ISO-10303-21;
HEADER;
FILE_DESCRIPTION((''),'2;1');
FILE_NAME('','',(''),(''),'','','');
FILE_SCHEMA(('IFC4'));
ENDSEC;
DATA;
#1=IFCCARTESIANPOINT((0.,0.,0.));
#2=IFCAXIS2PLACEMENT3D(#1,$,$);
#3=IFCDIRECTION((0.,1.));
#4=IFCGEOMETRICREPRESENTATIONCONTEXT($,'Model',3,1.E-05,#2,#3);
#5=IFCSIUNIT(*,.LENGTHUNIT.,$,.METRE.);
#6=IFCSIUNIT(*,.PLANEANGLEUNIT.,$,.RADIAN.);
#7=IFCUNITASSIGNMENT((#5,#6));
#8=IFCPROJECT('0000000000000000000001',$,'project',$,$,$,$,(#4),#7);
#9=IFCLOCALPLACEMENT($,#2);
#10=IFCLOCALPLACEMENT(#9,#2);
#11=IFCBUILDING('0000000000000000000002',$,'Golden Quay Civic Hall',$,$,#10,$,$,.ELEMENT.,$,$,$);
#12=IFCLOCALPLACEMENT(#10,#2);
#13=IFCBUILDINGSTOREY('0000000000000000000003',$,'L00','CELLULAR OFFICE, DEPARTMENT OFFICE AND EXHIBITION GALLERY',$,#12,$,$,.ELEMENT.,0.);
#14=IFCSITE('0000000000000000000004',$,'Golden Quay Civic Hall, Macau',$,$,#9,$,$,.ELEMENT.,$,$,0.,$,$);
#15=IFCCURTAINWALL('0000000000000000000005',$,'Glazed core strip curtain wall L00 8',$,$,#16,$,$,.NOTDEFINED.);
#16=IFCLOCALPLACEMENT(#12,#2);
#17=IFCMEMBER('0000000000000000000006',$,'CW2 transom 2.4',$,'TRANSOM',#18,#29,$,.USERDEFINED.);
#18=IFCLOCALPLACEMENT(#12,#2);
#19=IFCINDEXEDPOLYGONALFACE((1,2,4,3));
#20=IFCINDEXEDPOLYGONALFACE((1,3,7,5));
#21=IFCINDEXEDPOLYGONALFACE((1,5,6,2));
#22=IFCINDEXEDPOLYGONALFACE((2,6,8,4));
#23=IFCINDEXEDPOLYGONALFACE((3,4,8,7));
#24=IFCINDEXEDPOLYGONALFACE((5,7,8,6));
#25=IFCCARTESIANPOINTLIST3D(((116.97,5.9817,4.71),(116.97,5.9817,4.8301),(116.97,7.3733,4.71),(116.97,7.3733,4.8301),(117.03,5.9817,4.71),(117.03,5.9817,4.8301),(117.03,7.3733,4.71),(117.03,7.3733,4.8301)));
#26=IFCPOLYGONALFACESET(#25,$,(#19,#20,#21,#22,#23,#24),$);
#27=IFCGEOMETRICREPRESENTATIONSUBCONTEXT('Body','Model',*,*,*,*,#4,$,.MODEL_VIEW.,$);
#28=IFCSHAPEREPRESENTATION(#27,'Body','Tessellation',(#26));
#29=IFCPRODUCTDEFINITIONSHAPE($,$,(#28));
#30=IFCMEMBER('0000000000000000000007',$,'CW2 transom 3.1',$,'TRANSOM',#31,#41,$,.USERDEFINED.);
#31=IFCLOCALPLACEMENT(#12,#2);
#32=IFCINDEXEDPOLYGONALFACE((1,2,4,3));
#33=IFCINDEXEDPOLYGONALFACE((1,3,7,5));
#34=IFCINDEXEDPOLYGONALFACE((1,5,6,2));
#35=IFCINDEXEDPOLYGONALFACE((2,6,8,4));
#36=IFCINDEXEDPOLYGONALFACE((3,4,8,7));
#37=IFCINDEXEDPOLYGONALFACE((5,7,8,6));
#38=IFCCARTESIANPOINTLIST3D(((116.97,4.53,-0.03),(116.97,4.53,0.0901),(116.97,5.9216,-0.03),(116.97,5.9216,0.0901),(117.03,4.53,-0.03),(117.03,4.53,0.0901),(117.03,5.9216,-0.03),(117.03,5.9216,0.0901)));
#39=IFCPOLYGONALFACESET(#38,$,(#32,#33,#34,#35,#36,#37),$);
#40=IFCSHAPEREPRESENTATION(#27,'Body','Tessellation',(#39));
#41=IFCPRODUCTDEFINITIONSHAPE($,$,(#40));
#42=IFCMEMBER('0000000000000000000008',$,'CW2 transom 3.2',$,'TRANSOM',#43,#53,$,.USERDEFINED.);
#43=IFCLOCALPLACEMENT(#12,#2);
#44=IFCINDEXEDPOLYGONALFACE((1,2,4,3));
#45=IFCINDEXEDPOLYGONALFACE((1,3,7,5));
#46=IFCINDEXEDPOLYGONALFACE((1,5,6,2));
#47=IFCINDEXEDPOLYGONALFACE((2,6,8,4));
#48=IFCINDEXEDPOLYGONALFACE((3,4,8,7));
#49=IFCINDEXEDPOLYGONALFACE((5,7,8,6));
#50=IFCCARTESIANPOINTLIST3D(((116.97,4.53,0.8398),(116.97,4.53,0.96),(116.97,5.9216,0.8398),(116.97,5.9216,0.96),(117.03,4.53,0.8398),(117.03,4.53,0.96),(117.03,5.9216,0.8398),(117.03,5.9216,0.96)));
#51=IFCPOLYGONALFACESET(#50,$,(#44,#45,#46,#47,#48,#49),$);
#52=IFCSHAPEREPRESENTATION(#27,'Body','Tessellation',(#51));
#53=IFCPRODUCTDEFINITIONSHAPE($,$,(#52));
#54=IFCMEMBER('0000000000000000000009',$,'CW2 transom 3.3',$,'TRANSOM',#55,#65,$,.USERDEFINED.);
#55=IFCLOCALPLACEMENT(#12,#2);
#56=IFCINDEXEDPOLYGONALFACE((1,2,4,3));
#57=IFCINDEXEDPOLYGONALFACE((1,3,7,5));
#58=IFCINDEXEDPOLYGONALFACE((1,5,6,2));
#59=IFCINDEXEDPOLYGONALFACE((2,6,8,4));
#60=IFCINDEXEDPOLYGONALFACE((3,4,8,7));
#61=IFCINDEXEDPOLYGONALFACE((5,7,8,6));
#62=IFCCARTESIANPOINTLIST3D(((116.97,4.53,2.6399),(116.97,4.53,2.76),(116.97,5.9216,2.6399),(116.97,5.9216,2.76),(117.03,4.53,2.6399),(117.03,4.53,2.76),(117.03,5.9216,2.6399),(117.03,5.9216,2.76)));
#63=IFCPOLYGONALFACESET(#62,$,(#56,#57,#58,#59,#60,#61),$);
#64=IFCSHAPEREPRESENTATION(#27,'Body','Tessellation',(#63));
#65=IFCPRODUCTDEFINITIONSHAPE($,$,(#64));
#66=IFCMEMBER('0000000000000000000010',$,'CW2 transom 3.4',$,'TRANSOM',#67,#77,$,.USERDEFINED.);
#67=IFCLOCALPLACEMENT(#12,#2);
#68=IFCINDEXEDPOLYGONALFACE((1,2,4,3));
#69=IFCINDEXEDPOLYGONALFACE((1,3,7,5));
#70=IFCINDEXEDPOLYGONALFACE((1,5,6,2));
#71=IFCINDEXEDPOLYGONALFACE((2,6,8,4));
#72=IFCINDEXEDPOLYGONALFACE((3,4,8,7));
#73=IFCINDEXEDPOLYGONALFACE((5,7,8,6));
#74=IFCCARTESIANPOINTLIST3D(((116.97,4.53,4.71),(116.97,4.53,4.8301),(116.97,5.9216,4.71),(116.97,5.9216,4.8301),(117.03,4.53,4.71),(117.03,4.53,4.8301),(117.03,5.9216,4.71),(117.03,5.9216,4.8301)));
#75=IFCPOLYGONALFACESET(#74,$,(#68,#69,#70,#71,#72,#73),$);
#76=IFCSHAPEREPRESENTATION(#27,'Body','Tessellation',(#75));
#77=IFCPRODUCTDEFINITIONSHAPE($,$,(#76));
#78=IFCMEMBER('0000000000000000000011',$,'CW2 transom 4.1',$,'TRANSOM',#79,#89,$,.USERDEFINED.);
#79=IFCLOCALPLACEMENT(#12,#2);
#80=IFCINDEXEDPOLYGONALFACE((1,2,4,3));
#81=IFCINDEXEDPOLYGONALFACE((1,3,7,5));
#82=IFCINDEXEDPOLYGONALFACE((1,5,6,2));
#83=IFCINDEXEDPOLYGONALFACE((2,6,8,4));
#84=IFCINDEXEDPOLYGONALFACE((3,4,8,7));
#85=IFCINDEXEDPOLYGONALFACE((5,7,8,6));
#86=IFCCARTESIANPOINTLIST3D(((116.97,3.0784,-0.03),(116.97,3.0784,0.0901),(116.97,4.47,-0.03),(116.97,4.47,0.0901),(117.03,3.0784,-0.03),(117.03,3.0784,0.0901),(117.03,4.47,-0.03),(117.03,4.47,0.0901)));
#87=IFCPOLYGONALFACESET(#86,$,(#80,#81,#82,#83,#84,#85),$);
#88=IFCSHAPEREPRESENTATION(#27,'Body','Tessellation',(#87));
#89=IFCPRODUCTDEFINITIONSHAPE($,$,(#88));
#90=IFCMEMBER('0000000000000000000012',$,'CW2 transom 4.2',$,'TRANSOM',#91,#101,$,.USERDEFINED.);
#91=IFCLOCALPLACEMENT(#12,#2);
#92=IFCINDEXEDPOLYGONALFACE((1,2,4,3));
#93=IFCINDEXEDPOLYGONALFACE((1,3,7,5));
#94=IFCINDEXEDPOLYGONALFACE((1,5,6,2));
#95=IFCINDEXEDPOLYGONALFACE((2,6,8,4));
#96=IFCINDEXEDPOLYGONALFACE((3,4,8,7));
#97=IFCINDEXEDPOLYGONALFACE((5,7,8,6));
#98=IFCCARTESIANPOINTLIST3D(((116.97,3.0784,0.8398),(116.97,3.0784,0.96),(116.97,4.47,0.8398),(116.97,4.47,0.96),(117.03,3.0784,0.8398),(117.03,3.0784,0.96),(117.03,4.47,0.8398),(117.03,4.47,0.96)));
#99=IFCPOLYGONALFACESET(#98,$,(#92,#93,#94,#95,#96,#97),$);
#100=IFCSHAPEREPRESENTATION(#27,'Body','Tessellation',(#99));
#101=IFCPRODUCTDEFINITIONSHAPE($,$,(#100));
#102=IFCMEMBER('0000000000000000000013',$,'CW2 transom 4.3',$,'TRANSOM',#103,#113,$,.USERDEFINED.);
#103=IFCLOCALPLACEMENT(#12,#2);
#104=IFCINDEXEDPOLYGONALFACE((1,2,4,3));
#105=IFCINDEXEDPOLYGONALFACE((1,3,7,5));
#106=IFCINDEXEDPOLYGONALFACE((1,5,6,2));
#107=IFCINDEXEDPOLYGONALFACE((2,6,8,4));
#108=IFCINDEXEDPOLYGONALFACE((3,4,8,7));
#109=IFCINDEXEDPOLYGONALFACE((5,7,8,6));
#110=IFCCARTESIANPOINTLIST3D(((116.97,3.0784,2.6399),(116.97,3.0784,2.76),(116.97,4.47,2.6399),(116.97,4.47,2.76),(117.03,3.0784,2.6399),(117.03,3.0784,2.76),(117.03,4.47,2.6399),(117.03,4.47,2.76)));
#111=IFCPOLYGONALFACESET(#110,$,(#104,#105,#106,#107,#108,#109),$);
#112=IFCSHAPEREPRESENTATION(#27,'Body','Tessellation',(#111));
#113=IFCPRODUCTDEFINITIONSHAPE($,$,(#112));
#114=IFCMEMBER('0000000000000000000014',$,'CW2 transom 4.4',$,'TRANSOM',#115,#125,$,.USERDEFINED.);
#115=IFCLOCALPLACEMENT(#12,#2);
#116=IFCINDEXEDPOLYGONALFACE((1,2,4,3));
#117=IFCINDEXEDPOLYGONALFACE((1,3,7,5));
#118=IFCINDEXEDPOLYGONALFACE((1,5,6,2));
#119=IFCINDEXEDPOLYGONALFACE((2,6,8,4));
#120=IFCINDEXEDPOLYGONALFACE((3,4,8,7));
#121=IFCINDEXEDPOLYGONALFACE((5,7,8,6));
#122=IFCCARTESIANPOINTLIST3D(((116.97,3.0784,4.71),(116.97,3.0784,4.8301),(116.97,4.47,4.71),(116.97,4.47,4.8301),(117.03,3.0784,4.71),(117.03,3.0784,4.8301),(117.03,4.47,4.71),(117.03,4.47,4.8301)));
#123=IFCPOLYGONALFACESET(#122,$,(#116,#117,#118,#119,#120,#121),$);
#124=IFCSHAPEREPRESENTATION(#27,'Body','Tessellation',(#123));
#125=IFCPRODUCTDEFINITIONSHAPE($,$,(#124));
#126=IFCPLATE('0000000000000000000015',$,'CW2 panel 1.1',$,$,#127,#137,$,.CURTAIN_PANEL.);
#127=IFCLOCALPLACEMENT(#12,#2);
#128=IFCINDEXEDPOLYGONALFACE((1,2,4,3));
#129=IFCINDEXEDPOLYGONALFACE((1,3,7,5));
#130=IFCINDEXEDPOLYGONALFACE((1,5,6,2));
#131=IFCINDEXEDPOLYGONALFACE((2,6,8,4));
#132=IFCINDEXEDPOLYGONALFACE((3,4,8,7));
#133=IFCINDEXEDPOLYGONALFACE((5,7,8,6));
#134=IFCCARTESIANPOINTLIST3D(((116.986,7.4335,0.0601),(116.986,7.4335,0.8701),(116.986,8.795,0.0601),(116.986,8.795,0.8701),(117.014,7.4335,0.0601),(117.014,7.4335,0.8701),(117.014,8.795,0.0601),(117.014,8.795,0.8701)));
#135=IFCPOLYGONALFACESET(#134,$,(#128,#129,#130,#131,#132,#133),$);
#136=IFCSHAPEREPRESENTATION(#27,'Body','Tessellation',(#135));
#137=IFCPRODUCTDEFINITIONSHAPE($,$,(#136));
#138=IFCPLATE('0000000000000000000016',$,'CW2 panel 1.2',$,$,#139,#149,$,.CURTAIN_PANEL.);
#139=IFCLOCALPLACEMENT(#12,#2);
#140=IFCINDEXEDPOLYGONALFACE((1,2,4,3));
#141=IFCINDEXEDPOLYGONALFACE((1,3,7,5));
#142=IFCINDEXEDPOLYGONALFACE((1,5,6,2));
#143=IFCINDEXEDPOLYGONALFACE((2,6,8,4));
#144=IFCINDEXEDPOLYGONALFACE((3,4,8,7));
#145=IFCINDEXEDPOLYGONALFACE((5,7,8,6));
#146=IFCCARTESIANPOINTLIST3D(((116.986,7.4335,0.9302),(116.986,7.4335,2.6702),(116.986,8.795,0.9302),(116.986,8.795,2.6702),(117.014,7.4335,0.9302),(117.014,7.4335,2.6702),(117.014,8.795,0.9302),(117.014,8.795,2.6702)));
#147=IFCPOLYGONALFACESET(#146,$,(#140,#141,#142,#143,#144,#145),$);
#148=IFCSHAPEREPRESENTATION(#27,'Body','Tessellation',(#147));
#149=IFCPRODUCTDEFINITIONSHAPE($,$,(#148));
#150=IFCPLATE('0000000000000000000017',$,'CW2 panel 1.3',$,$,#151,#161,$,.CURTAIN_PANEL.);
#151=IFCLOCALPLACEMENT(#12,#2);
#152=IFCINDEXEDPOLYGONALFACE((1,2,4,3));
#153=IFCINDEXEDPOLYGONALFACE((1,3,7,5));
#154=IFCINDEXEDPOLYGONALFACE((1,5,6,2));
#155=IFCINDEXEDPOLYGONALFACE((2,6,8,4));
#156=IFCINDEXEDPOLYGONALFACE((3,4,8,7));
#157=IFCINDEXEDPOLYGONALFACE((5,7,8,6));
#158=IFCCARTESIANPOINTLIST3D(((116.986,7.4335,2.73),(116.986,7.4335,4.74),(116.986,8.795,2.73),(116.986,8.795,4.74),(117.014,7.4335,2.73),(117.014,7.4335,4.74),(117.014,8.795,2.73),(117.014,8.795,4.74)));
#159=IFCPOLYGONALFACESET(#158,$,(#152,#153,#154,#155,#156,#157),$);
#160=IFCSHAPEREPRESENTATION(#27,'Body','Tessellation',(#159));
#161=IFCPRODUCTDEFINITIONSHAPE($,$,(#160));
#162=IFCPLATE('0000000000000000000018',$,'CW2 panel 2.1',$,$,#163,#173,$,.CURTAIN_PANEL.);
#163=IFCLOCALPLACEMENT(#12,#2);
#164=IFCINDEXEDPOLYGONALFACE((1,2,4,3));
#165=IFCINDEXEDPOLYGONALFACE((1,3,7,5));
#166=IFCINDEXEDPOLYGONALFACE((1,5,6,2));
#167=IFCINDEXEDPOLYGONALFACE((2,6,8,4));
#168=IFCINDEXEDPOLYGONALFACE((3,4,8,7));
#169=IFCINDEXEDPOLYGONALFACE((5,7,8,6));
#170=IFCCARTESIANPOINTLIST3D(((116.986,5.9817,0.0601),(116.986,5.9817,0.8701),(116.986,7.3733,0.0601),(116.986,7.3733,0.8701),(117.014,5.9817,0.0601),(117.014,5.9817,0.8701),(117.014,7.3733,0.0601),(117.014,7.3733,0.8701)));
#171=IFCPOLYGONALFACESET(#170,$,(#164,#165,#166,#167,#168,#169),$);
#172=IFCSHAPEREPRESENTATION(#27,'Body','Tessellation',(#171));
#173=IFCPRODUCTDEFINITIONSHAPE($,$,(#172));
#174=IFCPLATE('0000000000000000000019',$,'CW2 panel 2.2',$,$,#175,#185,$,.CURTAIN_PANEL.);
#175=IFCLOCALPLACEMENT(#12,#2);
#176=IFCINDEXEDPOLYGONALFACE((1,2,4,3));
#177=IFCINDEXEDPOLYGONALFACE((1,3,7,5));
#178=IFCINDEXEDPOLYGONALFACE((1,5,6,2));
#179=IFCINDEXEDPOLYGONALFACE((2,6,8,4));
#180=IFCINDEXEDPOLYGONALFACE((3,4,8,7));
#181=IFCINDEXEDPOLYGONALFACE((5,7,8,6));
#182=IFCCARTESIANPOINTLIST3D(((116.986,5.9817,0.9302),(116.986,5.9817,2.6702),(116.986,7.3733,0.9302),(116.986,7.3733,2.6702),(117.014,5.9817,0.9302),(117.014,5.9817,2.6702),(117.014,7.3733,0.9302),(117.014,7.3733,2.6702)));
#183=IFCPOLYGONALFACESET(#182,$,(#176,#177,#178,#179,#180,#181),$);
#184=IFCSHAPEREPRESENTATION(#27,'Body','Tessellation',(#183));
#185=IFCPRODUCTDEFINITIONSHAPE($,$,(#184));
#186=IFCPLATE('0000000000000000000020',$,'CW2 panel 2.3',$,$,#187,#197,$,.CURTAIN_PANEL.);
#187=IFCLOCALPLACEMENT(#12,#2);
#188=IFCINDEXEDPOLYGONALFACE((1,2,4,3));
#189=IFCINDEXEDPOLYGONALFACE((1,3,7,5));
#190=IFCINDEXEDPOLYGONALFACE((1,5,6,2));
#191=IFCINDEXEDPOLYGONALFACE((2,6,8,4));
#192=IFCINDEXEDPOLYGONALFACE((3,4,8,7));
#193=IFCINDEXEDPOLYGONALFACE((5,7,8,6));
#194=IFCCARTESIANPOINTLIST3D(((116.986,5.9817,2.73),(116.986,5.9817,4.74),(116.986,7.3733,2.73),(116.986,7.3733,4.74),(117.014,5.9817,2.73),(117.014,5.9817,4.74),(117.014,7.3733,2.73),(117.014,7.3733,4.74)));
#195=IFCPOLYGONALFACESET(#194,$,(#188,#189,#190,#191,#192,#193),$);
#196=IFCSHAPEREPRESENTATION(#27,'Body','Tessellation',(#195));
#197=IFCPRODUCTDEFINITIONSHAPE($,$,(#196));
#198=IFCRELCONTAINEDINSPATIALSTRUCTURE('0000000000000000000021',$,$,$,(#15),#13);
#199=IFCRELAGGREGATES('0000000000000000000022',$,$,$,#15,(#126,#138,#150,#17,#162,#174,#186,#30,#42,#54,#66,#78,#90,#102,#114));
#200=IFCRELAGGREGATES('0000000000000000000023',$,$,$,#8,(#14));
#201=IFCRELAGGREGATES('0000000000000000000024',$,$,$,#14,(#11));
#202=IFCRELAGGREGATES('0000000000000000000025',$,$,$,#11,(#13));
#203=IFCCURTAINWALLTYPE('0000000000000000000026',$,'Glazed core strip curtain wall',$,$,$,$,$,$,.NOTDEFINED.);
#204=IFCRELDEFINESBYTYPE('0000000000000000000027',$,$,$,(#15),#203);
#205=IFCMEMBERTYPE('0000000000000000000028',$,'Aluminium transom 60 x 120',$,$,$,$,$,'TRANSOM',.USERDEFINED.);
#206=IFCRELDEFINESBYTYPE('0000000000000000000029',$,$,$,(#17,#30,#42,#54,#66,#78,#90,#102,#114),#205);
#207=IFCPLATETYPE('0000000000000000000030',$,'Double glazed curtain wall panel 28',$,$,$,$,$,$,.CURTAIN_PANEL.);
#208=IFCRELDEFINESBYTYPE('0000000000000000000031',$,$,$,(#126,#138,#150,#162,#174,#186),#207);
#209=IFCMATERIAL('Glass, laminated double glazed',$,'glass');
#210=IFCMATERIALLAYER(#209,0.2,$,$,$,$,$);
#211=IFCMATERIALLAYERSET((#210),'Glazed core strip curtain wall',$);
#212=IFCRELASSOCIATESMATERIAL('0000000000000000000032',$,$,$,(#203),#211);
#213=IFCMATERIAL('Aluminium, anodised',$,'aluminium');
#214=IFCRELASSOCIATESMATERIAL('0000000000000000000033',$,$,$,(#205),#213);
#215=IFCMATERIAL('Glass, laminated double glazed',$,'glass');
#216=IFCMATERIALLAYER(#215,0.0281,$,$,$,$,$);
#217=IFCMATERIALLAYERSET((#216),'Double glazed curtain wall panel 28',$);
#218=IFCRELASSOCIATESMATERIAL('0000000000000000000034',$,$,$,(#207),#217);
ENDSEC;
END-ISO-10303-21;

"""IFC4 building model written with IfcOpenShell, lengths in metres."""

from ifc_helpers import new_model, si_unit, direction, frame, origin, origin_2d, place, context, subcontext, project, spatial, rectangle, extrude, material, layer, layer_set, material_profile, profile_set, type_object, element, aggregate, save


model = new_model("IFC4")

# Units and contexts
model_context = context("Model", 3, precision=1e-05, world=origin(), true_north=direction((0.0, 1.0)))
body_context = subcontext(model_context, "Body", "Model", "MODEL_VIEW")
ifc_project = project(units=[si_unit("LENGTHUNIT", "METRE"), si_unit("PLANEANGLEUNIT", "RADIAN")], contexts=[model_context])

# Site, building, storey
site_placement = place(None, origin())
site = spatial("IfcSite", under=ifc_project, at=site_placement, Name="Golden Quay Civic Hall, Macau", CompositionType="ELEMENT", RefElevation=0.0)
building_placement = place(site_placement, origin())
building = spatial("IfcBuilding", under=site, at=building_placement, Name="Golden Quay Civic Hall", CompositionType="ELEMENT")
storey_placement = place(building_placement, origin())
storey = spatial("IfcBuildingStorey", under=building, at=storey_placement, Name="L00", Description="CELLULAR OFFICE, DEPARTMENT OFFICE AND EXHIBITION GALLERY", CompositionType="ELEMENT", Elevation=0.0)

# Curtain wall, members, plates
ifc_material_1 = material(Name="Glass, laminated double glazed", Category="glass")
ifc_layer_1 = layer(ifc_material_1, 0.2)
ifc_layer_set_1 = layer_set([ifc_layer_1], Name="Glazed core strip curtain wall")
curtain_wall_type = type_object("IfcCurtainWallType", Name="Glazed core strip curtain wall", PredefinedType="NOTDEFINED", material=ifc_layer_set_1)
curtain_wall_placement = place(storey_placement, origin())
curtain_wall = element("IfcCurtainWall", 1, at=curtain_wall_placement, inside=storey, type_object=curtain_wall_type, Name="Glazed core strip curtain wall L00 8", PredefinedType="NOTDEFINED")
ifc_material_2 = material(Name="Aluminium, anodised", Category="aluminium")
ifc_material_profile_1 = material_profile(ifc_material_2, rectangle(XDim=0.0601, YDim=0.1201, at=origin_2d()), Name="Aluminium 60 x 120")
ifc_profile_set_1 = profile_set([ifc_material_profile_1], Name="Aluminium, anodised")
member_type_1 = type_object("IfcMemberType", Name="Aluminium transom 60 x 120", ElementType="TRANSOM", PredefinedType="USERDEFINED", material=ifc_profile_set_1)
member_1_placement = place(storey_placement, frame((117.0, 7.3733, 4.77), z_axis=(0.0, -1.0, 0.0), x_axis=(1.0, 0.0, 0.0)))
member_1 = element("IfcMember", 2, at=member_1_placement, type_object=member_type_1, Name="CW2 transom 2.4", ObjectType="TRANSOM", PredefinedType="USERDEFINED", context=body_context, shape_type="SweptSolid", body=[
    extrude(rectangle(XDim=0.0601, YDim=0.1201, at=origin_2d()), origin(), (0.0, 0.0, 1.0), 1.3916),
])
member_2_placement = place(storey_placement, frame((117.0, 5.9216, 0.03), z_axis=(0.0, -1.0, 0.0), x_axis=(1.0, 0.0, 0.0)))
member_2 = element("IfcMember", 3, at=member_2_placement, type_object=member_type_1, Name="CW2 transom 3.1", ObjectType="TRANSOM", PredefinedType="USERDEFINED", context=body_context, shape_type="SweptSolid", body=[
    extrude(rectangle(XDim=0.0601, YDim=0.1201, at=origin_2d()), origin(), (0.0, 0.0, 1.0), 1.3916),
])
member_3_placement = place(storey_placement, frame((117.0, 5.9216, 0.8999), z_axis=(0.0, -1.0, 0.0), x_axis=(1.0, 0.0, 0.0)))
member_3 = element("IfcMember", 4, at=member_3_placement, type_object=member_type_1, Name="CW2 transom 3.2", ObjectType="TRANSOM", PredefinedType="USERDEFINED", context=body_context, shape_type="SweptSolid", body=[
    extrude(rectangle(XDim=0.0601, YDim=0.1201, at=origin_2d()), origin(), (0.0, 0.0, 1.0), 1.3916),
])
member_4_placement = place(storey_placement, frame((117.0, 5.9216, 2.7), z_axis=(0.0, -1.0, 0.0), x_axis=(1.0, 0.0, 0.0)))
member_4 = element("IfcMember", 5, at=member_4_placement, type_object=member_type_1, Name="CW2 transom 3.3", ObjectType="TRANSOM", PredefinedType="USERDEFINED", context=body_context, shape_type="SweptSolid", body=[
    extrude(rectangle(XDim=0.0601, YDim=0.1201, at=origin_2d()), origin(), (0.0, 0.0, 1.0), 1.3916),
])
member_5_placement = place(storey_placement, frame((117.0, 5.9216, 4.77), z_axis=(0.0, -1.0, 0.0), x_axis=(1.0, 0.0, 0.0)))
member_5 = element("IfcMember", 6, at=member_5_placement, type_object=member_type_1, Name="CW2 transom 3.4", ObjectType="TRANSOM", PredefinedType="USERDEFINED", context=body_context, shape_type="SweptSolid", body=[
    extrude(rectangle(XDim=0.0601, YDim=0.1201, at=origin_2d()), origin(), (0.0, 0.0, 1.0), 1.3916),
])
member_6_placement = place(storey_placement, frame((117.0, 4.47, 0.03), z_axis=(0.0, -1.0, 0.0), x_axis=(1.0, 0.0, 0.0)))
member_6 = element("IfcMember", 7, at=member_6_placement, type_object=member_type_1, Name="CW2 transom 4.1", ObjectType="TRANSOM", PredefinedType="USERDEFINED", context=body_context, shape_type="SweptSolid", body=[
    extrude(rectangle(XDim=0.0601, YDim=0.1201, at=origin_2d()), origin(), (0.0, 0.0, 1.0), 1.3916),
])
member_7_placement = place(storey_placement, frame((117.0, 4.47, 0.8999), z_axis=(0.0, -1.0, 0.0), x_axis=(1.0, 0.0, 0.0)))
member_7 = element("IfcMember", 8, at=member_7_placement, type_object=member_type_1, Name="CW2 transom 4.2", ObjectType="TRANSOM", PredefinedType="USERDEFINED", context=body_context, shape_type="SweptSolid", body=[
    extrude(rectangle(XDim=0.0601, YDim=0.1201, at=origin_2d()), origin(), (0.0, 0.0, 1.0), 1.3916),
])
member_8_placement = place(storey_placement, frame((117.0, 4.47, 2.7), z_axis=(0.0, -1.0, 0.0), x_axis=(1.0, 0.0, 0.0)))
member_8 = element("IfcMember", 9, at=member_8_placement, type_object=member_type_1, Name="CW2 transom 4.3", ObjectType="TRANSOM", PredefinedType="USERDEFINED", context=body_context, shape_type="SweptSolid", body=[
    extrude(rectangle(XDim=0.0601, YDim=0.1201, at=origin_2d()), origin(), (0.0, 0.0, 1.0), 1.3916),
])
member_9_placement = place(storey_placement, frame((117.0, 4.47, 4.77), z_axis=(0.0, -1.0, 0.0), x_axis=(1.0, 0.0, 0.0)))
member_9 = element("IfcMember", 10, at=member_9_placement, type_object=member_type_1, Name="CW2 transom 4.4", ObjectType="TRANSOM", PredefinedType="USERDEFINED", context=body_context, shape_type="SweptSolid", body=[
    extrude(rectangle(XDim=0.0601, YDim=0.1201, at=origin_2d()), origin(), (0.0, 0.0, 1.0), 1.3916),
])
ifc_material_3 = material(Name="Glass, laminated double glazed", Category="glass")
ifc_layer_2 = layer(ifc_material_3, 0.0281)
ifc_layer_set_2 = layer_set([ifc_layer_2], Name="Double glazed curtain wall panel 28")
plate_type = type_object("IfcPlateType", Name="Double glazed curtain wall panel 28", PredefinedType="CURTAIN_PANEL", material=ifc_layer_set_2)
plate_1_placement = place(storey_placement, frame((117.0, 8.1143, 0.0601), z_axis=(0.0, 0.0, 1.0), x_axis=(0.0, -1.0, 0.0)))
plate_1 = element("IfcPlate", 11, at=plate_1_placement, type_object=plate_type, Name="CW2 panel 1.1", PredefinedType="CURTAIN_PANEL", context=body_context, shape_type="SweptSolid", body=[
    extrude(rectangle(XDim=1.3616, YDim=0.0281, at=origin_2d()), origin(), (0.0, 0.0, 1.0), 0.8101),
])
plate_2_placement = place(storey_placement, frame((117.0, 8.1143, 0.9302), z_axis=(0.0, 0.0, 1.0), x_axis=(0.0, -1.0, 0.0)))
plate_2 = element("IfcPlate", 12, at=plate_2_placement, type_object=plate_type, Name="CW2 panel 1.2", PredefinedType="CURTAIN_PANEL", context=body_context, shape_type="SweptSolid", body=[
    extrude(rectangle(XDim=1.3616, YDim=0.0281, at=origin_2d()), origin(), (0.0, 0.0, 1.0), 1.74),
])
plate_3_placement = place(storey_placement, frame((117.0, 8.1143, 2.73), z_axis=(0.0, 0.0, 1.0), x_axis=(0.0, -1.0, 0.0)))
plate_3 = element("IfcPlate", 13, at=plate_3_placement, type_object=plate_type, Name="CW2 panel 1.3", PredefinedType="CURTAIN_PANEL", context=body_context, shape_type="SweptSolid", body=[
    extrude(rectangle(XDim=1.3616, YDim=0.0281, at=origin_2d()), origin(), (0.0, 0.0, 1.0), 2.01),
])
plate_4_placement = place(storey_placement, frame((117.0, 6.6775, 0.0601), z_axis=(0.0, 0.0, 1.0), x_axis=(0.0, -1.0, 0.0)))
plate_4 = element("IfcPlate", 14, at=plate_4_placement, type_object=plate_type, Name="CW2 panel 2.1", PredefinedType="CURTAIN_PANEL", context=body_context, shape_type="SweptSolid", body=[
    extrude(rectangle(XDim=1.3916, YDim=0.0281, at=origin_2d()), origin(), (0.0, 0.0, 1.0), 0.8101),
])
plate_5_placement = place(storey_placement, frame((117.0, 6.6775, 0.9302), z_axis=(0.0, 0.0, 1.0), x_axis=(0.0, -1.0, 0.0)))
plate_5 = element("IfcPlate", 15, at=plate_5_placement, type_object=plate_type, Name="CW2 panel 2.2", PredefinedType="CURTAIN_PANEL", context=body_context, shape_type="SweptSolid", body=[
    extrude(rectangle(XDim=1.3916, YDim=0.0281, at=origin_2d()), origin(), (0.0, 0.0, 1.0), 1.74),
])
plate_6_placement = place(storey_placement, frame((117.0, 6.6775, 2.73), z_axis=(0.0, 0.0, 1.0), x_axis=(0.0, -1.0, 0.0)))
plate_6 = element("IfcPlate", 16, at=plate_6_placement, type_object=plate_type, Name="CW2 panel 2.3", PredefinedType="CURTAIN_PANEL", context=body_context, shape_type="SweptSolid", body=[
    extrude(rectangle(XDim=1.3916, YDim=0.0281, at=origin_2d()), origin(), (0.0, 0.0, 1.0), 2.01),
])
aggregate(curtain_wall, [plate_1, plate_2, plate_3, member_1, plate_4, plate_5, plate_6, member_2, member_3, member_4, member_5, member_6, member_7, member_8, member_9])

save(model, "model.ifc")
